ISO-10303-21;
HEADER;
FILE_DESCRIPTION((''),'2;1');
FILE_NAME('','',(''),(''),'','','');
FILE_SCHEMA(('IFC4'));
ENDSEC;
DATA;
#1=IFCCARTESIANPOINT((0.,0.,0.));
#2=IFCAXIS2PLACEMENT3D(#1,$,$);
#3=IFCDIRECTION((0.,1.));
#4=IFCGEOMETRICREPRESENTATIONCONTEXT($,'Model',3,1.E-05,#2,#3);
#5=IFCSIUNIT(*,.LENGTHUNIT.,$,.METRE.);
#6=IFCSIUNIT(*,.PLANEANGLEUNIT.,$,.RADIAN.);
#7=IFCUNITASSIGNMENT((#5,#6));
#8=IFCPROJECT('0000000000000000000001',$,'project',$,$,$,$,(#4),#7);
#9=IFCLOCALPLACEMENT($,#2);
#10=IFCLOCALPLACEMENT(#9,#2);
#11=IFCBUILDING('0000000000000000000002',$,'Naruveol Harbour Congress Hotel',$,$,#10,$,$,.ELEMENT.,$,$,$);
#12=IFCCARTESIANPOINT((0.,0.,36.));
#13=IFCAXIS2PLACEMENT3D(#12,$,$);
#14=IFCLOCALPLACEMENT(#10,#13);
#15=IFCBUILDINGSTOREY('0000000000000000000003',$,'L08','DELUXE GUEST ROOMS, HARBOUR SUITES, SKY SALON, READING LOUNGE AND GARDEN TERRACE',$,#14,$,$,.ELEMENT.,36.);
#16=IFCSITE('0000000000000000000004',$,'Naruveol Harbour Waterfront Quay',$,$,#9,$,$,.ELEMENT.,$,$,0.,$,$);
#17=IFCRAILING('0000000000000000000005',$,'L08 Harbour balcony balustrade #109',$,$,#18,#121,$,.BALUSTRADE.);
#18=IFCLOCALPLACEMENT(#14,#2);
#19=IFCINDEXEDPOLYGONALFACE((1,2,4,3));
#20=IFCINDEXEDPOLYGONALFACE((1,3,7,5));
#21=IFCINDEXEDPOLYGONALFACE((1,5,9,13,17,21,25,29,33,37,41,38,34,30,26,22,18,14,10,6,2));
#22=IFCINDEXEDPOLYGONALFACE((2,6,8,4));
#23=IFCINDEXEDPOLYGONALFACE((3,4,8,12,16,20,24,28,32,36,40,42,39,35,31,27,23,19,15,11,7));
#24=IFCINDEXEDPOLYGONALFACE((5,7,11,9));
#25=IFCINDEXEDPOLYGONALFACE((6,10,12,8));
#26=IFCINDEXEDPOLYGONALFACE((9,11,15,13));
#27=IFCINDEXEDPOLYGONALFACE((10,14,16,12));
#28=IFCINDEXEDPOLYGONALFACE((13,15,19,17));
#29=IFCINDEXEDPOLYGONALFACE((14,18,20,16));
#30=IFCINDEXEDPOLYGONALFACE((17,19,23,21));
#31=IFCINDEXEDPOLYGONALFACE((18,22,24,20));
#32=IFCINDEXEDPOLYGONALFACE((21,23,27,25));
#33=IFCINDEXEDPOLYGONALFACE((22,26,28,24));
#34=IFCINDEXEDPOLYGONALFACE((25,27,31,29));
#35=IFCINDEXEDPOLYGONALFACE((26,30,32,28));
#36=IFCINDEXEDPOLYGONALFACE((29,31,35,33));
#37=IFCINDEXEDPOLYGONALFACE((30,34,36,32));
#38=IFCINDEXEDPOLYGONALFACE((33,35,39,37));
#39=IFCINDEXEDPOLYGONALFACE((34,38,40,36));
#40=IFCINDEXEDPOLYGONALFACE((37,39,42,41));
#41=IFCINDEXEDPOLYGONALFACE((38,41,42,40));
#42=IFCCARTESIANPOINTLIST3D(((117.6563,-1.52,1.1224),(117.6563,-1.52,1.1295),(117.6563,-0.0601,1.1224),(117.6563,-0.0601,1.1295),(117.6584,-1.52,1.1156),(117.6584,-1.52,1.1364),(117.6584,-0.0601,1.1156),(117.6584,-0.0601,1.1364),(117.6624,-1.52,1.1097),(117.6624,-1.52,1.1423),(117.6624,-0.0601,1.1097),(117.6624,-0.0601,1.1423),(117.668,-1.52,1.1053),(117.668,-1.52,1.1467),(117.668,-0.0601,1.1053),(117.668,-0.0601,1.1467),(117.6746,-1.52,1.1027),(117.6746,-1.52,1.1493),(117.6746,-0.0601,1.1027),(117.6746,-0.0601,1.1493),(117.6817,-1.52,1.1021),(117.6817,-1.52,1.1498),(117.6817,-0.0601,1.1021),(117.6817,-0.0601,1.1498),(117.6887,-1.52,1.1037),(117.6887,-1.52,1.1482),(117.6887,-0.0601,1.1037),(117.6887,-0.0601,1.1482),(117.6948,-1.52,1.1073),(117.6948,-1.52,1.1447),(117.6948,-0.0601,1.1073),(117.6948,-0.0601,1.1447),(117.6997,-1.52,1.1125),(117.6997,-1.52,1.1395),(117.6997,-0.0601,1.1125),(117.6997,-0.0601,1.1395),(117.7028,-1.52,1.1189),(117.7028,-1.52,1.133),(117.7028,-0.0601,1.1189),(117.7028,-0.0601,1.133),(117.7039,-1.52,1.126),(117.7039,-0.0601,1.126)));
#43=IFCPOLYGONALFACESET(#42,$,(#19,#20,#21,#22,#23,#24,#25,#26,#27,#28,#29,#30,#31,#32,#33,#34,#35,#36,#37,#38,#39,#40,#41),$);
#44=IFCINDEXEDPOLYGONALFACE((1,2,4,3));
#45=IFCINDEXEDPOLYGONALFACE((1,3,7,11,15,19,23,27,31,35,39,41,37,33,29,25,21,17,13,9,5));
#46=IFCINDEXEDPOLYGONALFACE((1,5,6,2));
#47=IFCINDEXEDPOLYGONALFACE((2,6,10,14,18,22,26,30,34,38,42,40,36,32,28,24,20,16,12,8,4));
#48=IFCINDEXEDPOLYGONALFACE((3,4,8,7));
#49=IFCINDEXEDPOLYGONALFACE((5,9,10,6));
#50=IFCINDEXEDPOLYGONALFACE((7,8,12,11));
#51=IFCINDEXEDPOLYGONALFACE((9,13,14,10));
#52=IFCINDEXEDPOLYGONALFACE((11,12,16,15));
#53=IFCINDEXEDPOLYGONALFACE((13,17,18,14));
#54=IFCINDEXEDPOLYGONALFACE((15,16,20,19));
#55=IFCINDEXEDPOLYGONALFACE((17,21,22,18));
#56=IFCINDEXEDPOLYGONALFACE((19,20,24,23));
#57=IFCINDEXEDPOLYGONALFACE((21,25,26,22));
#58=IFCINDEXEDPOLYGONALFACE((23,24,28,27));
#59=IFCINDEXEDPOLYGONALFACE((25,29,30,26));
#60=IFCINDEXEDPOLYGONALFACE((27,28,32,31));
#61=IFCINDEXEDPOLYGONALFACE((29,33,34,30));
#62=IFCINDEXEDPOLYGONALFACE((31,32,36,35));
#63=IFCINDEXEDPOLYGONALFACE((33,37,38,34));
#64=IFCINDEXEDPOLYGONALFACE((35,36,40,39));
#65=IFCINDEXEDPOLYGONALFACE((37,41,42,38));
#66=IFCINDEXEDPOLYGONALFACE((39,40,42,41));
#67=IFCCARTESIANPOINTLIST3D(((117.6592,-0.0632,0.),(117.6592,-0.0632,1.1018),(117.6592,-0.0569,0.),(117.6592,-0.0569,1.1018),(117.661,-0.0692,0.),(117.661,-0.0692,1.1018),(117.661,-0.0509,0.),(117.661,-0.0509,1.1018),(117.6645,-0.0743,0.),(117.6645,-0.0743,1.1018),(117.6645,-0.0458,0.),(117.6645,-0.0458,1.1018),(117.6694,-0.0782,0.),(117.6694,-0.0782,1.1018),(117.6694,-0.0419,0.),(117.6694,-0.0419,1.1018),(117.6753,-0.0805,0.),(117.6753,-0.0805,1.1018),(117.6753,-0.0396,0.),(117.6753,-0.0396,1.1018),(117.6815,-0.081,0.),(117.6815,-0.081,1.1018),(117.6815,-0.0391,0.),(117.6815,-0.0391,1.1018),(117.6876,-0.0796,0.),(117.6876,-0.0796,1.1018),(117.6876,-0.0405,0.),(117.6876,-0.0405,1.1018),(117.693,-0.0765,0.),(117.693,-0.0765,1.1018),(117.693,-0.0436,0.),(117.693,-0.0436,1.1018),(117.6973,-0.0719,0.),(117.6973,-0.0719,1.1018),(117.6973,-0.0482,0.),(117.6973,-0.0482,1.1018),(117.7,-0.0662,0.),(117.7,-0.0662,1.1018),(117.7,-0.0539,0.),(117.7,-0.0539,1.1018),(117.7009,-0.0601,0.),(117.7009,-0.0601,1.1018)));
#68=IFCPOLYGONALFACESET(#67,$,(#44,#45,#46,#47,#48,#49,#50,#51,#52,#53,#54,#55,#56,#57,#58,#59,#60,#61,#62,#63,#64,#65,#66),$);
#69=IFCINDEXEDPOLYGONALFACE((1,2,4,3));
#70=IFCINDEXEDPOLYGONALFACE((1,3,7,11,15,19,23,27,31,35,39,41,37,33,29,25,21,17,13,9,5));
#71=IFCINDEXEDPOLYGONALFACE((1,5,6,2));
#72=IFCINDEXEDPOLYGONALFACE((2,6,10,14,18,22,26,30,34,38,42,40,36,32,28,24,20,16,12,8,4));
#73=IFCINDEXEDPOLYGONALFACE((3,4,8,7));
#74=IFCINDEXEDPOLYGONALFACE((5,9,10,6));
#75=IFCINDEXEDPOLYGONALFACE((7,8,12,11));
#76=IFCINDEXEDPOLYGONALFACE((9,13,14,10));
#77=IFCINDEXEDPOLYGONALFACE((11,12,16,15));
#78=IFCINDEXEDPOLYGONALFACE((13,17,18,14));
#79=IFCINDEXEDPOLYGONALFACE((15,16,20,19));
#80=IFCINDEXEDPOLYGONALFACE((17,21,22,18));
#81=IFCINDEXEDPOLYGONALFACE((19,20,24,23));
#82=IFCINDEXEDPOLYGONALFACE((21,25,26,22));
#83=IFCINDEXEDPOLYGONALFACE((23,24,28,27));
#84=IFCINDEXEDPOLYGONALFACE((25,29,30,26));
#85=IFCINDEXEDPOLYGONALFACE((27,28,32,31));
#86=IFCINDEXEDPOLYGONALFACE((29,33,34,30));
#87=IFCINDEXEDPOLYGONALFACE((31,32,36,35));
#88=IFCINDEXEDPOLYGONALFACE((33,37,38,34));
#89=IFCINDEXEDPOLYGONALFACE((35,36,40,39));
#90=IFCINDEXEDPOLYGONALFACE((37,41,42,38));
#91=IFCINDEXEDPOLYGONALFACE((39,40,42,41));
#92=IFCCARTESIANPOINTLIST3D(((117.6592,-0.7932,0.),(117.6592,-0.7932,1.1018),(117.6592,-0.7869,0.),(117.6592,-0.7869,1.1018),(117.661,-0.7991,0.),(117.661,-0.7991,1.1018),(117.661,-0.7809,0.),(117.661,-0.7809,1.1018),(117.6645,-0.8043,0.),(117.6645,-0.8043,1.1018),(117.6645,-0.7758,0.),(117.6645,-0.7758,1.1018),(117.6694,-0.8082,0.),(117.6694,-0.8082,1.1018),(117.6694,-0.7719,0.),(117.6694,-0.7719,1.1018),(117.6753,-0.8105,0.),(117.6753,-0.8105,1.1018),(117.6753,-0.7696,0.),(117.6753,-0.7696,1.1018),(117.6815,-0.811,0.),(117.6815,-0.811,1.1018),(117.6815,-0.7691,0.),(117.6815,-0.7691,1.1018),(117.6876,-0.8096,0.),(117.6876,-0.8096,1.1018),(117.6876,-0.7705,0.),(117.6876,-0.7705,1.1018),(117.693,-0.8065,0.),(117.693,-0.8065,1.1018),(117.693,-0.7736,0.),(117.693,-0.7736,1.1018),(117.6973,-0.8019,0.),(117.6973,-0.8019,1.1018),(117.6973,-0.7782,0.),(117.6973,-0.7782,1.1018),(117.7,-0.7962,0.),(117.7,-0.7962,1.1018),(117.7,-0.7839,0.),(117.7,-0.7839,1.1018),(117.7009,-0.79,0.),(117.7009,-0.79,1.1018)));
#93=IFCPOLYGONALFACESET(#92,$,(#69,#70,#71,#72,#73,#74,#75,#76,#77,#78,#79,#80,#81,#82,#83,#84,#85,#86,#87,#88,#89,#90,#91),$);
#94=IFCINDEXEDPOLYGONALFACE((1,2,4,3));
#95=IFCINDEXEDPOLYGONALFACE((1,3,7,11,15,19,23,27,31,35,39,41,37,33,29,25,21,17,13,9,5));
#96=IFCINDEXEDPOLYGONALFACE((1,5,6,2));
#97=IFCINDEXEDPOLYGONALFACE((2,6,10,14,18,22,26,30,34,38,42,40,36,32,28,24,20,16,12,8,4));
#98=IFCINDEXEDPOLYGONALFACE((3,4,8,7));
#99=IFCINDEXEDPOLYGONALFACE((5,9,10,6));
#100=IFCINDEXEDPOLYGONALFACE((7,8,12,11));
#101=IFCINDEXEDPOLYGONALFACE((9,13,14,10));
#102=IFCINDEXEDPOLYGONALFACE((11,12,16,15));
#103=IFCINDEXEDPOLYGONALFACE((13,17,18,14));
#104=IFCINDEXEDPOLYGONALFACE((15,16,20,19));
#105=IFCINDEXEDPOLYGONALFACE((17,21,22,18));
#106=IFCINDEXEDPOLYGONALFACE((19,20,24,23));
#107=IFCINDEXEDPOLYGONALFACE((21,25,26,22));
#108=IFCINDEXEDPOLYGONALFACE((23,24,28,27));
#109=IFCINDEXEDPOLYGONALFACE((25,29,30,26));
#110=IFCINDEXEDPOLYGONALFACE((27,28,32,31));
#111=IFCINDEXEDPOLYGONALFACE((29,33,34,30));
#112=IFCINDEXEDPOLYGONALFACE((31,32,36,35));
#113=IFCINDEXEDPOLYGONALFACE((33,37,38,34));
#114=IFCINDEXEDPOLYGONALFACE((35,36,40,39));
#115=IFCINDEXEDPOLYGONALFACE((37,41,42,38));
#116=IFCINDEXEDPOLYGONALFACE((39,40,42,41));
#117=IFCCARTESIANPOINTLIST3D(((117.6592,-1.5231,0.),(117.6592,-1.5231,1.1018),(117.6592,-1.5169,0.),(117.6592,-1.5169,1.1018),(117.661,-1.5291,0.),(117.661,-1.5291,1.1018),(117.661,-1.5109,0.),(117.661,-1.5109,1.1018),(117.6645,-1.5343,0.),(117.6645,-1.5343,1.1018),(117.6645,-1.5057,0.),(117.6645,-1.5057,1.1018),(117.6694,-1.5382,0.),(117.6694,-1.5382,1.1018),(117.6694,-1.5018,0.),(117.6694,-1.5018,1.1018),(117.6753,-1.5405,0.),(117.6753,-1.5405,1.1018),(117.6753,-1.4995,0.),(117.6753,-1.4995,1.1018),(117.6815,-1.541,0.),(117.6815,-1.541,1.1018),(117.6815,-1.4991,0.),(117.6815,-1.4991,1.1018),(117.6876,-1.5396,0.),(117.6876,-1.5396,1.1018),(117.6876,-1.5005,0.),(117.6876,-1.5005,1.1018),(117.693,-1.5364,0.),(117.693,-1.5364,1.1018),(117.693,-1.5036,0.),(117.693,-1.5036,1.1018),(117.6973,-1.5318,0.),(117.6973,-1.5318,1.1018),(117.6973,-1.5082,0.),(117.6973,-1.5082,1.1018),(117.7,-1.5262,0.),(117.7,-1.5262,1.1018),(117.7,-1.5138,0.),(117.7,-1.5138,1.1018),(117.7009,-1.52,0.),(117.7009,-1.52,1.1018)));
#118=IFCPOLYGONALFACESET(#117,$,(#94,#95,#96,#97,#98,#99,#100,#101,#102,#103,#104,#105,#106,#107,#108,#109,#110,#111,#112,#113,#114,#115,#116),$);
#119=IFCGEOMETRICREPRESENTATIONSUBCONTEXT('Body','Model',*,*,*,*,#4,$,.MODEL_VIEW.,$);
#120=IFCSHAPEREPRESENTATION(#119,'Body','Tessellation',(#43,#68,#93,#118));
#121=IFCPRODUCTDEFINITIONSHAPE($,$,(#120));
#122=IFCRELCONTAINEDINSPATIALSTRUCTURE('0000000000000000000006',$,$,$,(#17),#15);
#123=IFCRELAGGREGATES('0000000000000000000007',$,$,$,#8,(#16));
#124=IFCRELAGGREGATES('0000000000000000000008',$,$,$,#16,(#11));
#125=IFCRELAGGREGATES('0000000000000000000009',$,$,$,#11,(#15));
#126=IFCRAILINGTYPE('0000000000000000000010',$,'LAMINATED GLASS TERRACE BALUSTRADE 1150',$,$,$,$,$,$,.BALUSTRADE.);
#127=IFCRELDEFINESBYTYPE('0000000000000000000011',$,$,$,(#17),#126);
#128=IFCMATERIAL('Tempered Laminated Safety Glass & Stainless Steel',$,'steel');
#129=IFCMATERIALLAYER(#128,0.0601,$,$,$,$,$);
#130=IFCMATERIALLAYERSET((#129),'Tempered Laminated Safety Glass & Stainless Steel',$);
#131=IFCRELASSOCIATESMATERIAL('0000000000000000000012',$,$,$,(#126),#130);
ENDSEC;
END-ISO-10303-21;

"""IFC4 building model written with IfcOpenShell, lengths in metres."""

from ifc_helpers import new_model, si_unit, direction, frame, origin, origin_2d, place, context, subcontext, project, spatial, circle, extrude, material, layer, layer_set, type_object, element, save


model = new_model("IFC4")

# Units and contexts
model_context = context("Model", 3, precision=1e-05, world=origin(), true_north=direction((0.0, 1.0)))
body_context = subcontext(model_context, "Body", "Model", "MODEL_VIEW")
ifc_project = project(units=[si_unit("LENGTHUNIT", "METRE"), si_unit("PLANEANGLEUNIT", "RADIAN")], contexts=[model_context])

# Site, building, storey
site_placement = place(None, origin())
site = spatial("IfcSite", under=ifc_project, at=site_placement, Name="Naruveol Harbour Waterfront Quay", CompositionType="ELEMENT", RefElevation=0.0)
building_placement = place(site_placement, origin())
building = spatial("IfcBuilding", under=site, at=building_placement, Name="Naruveol Harbour Congress Hotel", CompositionType="ELEMENT")
storey_placement = place(building_placement, frame((0.0, 0.0, 36.0)))
storey = spatial("IfcBuildingStorey", under=building, at=storey_placement, Name="L08", Description="DELUXE GUEST ROOMS, HARBOUR SUITES, SKY SALON, READING LOUNGE AND GARDEN TERRACE", CompositionType="ELEMENT", Elevation=36.0)

# Railing
ifc_material_1 = material(Name="Tempered Laminated Safety Glass & Stainless Steel", Category="steel")
ifc_layer_1 = layer(ifc_material_1, 0.0601)
ifc_layer_set_1 = layer_set([ifc_layer_1], Name="Tempered Laminated Safety Glass & Stainless Steel")
railing_type = type_object("IfcRailingType", Name="LAMINATED GLASS TERRACE BALUSTRADE 1150", PredefinedType="BALUSTRADE", material=ifc_layer_set_1)
railing_1_placement = place(storey_placement, frame((117.6799, -0.0601, 0.0)))
element("IfcRailing", 1, at=railing_1_placement, inside=storey, type_object=railing_type, Name="L08 Harbour balcony balustrade #109", PredefinedType="BALUSTRADE", context=body_context, shape_type="SweptSolid", body=[
    extrude(circle(Radius=0.0239, at=origin_2d()), frame((0.0, 0.0, 1.126), z_axis=(0.0, -1.0, 0.0), x_axis=(1.0, 0.0, 0.0)), (0.0, 0.0, 1.0), 1.46),
    extrude(circle(Radius=0.021, at=origin_2d()), origin(), (0.0, 0.0, 1.0), 1.1018),
    extrude(circle(Radius=0.021, at=origin_2d()), frame((0.0, -0.73, 0.0)), (0.0, 0.0, 1.0), 1.1018),
    extrude(circle(Radius=0.021, at=origin_2d()), frame((0.0, -1.46, 0.0)), (0.0, 0.0, 1.0), 1.1018),
])

save(model, "model.ifc")
